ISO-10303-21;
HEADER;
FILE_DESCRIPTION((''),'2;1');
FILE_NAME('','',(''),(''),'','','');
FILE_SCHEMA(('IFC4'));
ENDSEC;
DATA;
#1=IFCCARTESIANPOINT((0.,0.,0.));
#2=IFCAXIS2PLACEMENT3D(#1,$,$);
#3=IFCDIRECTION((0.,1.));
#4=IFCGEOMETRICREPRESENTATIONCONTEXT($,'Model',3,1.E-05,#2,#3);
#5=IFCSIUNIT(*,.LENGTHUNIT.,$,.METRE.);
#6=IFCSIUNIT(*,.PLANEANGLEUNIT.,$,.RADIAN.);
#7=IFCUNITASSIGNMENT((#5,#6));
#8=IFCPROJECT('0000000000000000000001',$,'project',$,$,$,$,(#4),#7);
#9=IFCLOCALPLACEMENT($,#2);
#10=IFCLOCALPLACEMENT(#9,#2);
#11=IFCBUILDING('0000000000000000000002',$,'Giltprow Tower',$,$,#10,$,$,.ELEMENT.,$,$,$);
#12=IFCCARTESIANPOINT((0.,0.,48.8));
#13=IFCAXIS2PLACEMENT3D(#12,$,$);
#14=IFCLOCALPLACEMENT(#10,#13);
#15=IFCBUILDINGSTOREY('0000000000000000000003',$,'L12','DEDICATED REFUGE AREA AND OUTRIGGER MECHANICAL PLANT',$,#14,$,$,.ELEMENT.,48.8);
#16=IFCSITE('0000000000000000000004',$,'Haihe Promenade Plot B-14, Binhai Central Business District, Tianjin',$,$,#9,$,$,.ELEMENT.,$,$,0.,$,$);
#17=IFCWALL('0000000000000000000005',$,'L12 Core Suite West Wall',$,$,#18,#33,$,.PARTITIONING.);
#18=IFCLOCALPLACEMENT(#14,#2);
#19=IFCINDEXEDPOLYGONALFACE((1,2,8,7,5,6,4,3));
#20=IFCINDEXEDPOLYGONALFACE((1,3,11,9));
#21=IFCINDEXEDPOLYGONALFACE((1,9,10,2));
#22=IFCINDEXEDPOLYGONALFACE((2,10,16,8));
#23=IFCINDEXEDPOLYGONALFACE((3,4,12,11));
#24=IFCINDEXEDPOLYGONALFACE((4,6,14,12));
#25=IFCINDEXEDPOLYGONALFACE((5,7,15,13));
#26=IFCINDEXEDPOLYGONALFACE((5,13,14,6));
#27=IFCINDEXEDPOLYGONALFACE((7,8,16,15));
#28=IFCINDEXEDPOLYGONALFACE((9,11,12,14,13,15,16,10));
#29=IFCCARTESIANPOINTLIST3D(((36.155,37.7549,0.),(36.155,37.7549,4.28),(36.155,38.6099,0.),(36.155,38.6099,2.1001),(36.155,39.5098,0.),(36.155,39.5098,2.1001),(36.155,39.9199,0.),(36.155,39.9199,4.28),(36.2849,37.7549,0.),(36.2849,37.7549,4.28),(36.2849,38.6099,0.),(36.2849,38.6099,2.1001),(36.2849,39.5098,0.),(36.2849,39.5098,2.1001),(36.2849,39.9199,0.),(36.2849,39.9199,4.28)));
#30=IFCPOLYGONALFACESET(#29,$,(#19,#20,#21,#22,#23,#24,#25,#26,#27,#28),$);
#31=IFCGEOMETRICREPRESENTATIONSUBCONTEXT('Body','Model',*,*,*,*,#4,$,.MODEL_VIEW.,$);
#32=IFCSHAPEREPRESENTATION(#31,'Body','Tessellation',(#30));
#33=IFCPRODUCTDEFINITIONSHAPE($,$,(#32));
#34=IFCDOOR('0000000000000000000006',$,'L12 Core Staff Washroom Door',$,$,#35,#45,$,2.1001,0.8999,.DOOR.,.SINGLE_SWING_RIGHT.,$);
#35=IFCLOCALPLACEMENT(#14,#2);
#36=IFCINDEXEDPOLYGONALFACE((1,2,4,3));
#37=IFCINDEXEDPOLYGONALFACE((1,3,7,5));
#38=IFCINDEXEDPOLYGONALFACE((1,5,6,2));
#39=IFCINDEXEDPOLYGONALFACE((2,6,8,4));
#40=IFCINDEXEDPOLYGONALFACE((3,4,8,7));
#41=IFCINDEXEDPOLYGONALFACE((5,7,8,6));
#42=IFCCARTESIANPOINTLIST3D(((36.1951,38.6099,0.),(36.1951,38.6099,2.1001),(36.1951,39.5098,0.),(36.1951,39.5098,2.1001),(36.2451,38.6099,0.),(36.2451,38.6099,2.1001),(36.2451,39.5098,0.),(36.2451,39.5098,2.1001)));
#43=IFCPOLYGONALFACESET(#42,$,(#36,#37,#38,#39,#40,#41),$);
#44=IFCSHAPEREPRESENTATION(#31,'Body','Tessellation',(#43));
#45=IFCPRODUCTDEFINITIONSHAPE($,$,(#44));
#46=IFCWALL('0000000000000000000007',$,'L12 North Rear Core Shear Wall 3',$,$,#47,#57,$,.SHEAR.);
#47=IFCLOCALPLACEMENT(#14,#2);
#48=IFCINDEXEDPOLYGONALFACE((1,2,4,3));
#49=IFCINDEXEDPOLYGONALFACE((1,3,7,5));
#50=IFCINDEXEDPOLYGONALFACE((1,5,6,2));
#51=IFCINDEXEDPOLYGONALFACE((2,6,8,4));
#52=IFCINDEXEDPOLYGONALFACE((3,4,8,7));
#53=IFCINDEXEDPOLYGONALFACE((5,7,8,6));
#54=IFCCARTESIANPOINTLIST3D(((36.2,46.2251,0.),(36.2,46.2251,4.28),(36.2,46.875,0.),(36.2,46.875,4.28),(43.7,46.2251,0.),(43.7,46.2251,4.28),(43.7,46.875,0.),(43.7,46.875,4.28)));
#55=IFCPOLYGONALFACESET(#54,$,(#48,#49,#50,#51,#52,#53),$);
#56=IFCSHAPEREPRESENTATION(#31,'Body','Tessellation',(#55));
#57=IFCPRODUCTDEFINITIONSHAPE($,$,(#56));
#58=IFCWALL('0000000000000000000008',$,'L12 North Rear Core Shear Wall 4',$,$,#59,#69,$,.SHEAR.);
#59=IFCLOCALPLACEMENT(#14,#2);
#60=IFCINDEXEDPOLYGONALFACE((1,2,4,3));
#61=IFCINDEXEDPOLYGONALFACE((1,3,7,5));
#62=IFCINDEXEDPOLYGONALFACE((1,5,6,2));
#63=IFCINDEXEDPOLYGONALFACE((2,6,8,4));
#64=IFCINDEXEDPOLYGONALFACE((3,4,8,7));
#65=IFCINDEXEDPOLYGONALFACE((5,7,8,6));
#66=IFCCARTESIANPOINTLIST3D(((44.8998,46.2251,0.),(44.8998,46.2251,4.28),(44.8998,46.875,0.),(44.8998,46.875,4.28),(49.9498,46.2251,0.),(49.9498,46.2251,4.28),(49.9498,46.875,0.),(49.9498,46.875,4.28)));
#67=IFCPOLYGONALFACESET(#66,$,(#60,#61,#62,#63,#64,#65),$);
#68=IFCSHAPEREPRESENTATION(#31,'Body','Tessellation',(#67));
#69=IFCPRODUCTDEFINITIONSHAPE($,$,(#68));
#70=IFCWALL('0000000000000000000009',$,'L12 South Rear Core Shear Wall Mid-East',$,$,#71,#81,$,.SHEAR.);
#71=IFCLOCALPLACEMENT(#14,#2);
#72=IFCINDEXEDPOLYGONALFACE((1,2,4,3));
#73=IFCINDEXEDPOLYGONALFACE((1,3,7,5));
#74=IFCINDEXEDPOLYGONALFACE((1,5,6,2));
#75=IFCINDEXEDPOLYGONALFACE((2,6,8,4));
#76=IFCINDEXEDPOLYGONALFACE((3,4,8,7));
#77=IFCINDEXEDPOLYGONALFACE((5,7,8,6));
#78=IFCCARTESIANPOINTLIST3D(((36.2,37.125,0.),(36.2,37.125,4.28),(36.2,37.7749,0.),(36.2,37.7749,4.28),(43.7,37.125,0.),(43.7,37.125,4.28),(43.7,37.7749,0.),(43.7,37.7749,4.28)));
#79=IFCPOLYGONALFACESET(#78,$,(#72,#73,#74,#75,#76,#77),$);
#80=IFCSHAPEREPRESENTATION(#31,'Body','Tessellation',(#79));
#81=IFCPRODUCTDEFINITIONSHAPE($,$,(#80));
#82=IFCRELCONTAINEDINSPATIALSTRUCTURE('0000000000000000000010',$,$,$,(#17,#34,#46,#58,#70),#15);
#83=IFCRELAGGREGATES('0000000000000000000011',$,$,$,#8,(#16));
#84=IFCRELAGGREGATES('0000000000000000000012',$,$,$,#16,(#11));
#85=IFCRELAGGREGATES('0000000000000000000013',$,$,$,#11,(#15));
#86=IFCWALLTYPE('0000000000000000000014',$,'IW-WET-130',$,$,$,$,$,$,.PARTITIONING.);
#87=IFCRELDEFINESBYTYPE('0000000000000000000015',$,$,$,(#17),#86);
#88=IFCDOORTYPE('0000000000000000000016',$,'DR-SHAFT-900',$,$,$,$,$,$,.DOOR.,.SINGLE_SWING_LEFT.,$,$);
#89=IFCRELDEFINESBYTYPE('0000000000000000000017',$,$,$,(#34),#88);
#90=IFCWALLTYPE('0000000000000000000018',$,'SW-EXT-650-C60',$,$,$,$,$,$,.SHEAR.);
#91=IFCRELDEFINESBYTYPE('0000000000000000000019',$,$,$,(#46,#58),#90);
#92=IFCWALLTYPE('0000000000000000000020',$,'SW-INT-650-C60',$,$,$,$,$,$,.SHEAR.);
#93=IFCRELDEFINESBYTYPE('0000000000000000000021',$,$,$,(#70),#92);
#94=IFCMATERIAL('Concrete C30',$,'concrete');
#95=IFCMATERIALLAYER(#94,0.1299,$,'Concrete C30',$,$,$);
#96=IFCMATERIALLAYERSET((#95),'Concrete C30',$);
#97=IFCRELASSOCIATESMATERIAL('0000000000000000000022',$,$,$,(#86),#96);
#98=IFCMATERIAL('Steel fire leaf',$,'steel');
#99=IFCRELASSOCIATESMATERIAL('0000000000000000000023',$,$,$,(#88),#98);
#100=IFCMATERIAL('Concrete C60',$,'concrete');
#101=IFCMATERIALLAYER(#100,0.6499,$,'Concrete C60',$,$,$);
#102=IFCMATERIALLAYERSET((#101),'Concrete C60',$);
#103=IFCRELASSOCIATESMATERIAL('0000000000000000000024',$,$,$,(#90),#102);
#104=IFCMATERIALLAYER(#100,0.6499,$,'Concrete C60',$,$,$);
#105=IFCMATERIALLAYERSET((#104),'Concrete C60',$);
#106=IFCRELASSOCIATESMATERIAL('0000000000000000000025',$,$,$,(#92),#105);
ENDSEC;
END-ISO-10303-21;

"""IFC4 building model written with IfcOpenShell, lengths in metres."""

from ifc_helpers import new_model, si_unit, direction, frame, frame_2d, origin, place, context, subcontext, project, spatial, rectangle, extrude, source, transform, mapped, material, layer, layer_set, type_object, element, fill, save


model = new_model("IFC4")

# Units and contexts
model_context = context("Model", 3, precision=1e-05, world=origin(), true_north=direction((0.0, 1.0)))
body_context = subcontext(model_context, "Body", "Model", "MODEL_VIEW")
ifc_project = project(units=[si_unit("LENGTHUNIT", "METRE"), si_unit("PLANEANGLEUNIT", "RADIAN")], contexts=[model_context])

# Site, building, storey
site_placement = place(None, origin())
site = spatial("IfcSite", under=ifc_project, at=site_placement, Name="Haihe Promenade Plot B-14, Binhai Central Business District, Tianjin", CompositionType="ELEMENT", RefElevation=0.0)
building_placement = place(site_placement, origin())
building = spatial("IfcBuilding", under=site, at=building_placement, Name="Giltprow Tower", CompositionType="ELEMENT")
storey_placement = place(building_placement, frame((0.0, 0.0, 48.8)))
storey = spatial("IfcBuildingStorey", under=building, at=storey_placement, Name="L12", Description="DEDICATED REFUGE AREA AND OUTRIGGER MECHANICAL PLANT", CompositionType="ELEMENT", Elevation=48.8)

# Shared definitions
ifc_material_1 = material(Name="Concrete C60", Category="concrete")

# Shared definitions
ifc_material_2 = material(Name="Steel fire leaf", Category="steel")

# Wall, opening, door
ifc_material_3 = material(Name="Concrete C30", Category="concrete")
ifc_layer_1 = layer(ifc_material_3, 0.1299, Name="Concrete C30")
ifc_layer_set_1 = layer_set([ifc_layer_1], Name="Concrete C30")
wall_type_1 = type_object("IfcWallType", Name="IW-WET-130", PredefinedType="PARTITIONING", material=ifc_layer_set_1)
wall_1_placement = place(storey_placement, frame((36.22, 37.7549, 0.0), z_axis=(0.0, 0.0, 1.0), x_axis=(0.0, 1.0, 0.0)))
wall_1 = element("IfcWall", 1, at=wall_1_placement, inside=storey, type_object=wall_type_1, Name="L12 Core Suite West Wall", PredefinedType="PARTITIONING", context=body_context, shape_type="SweptSolid", body=[
    extrude(rectangle(XDim=2.165, YDim=0.1299, at=frame_2d((1.0825, 0.0))), origin(), (0.0, 0.0, 1.0), 4.28),
])
opening_1_placement = place(wall_1_placement, frame((0.855, 0.0, 0.0)))
opening_1 = element("IfcOpeningElement", 2, at=opening_1_placement, cuts=wall_1, PredefinedType="OPENING", context=body_context, shape_type="SweptSolid", body=[
    extrude(rectangle(XDim=0.8999, YDim=2.1001, at=frame_2d((0.45, 1.05))), frame((0.0, 0.075, 0.0), z_axis=(0.0, -1.0, 0.0), x_axis=(1.0, 0.0, 0.0)), (0.0, 0.0, 1.0), 0.1499),
])
door_type_1 = type_object("IfcDoorType", Name="DR-SHAFT-900", OperationType="SINGLE_SWING_LEFT", PredefinedType="DOOR", material=ifc_material_2)
shared_shape_1 = source(origin(), body_context, "Body", "SweptSolid", [
    extrude(rectangle(XDim=0.8999, YDim=2.1001, at=frame_2d((0.45, 1.05))), frame((0.0, 0.0249, 0.0), z_axis=(0.0, -1.0, 0.0), x_axis=(1.0, 0.0, 0.0)), (0.0, 0.0, 1.0), 0.05),
])
door_1_placement = place(opening_1_placement, origin())
door_1 = element("IfcDoor", 3, at=door_1_placement, inside=storey, type_object=door_type_1, Name="L12 Core Staff Washroom Door", OperationType="SINGLE_SWING_RIGHT", OverallHeight=2.1001, OverallWidth=0.8999, PredefinedType="DOOR", context=body_context, shape_type="MappedRepresentation", body=[
    mapped(shared_shape_1, transform((0.0, 0.0, 0.0), x_axis=(1.0, 0.0, 0.0), y_axis=(0.0, 1.0, 0.0), z_axis=(0.0, 0.0, 1.0), scale=1.0)),
])
fill(opening_1, door_1)

# Walls
ifc_layer_2 = layer(ifc_material_1, 0.6499, Name="Concrete C60")
ifc_layer_set_2 = layer_set([ifc_layer_2], Name="Concrete C60")
wall_type_2 = type_object("IfcWallType", Name="SW-EXT-650-C60", PredefinedType="SHEAR", material=ifc_layer_set_2)
wall_2_placement = place(storey_placement, frame((36.2, 46.55, 0.0), z_axis=(0.0, 0.0, 1.0), x_axis=(1.0, 0.0, 0.0)))
element("IfcWall", 4, at=wall_2_placement, inside=storey, type_object=wall_type_2, Name="L12 North Rear Core Shear Wall 3", PredefinedType="SHEAR", context=body_context, shape_type="SweptSolid", body=[
    extrude(rectangle(XDim=7.5, YDim=0.6499, at=frame_2d((3.75, 0.0))), origin(), (0.0, 0.0, 1.0), 4.28),
])
wall_3_placement = place(storey_placement, frame((44.8999, 46.55, 0.0), z_axis=(0.0, 0.0, 1.0), x_axis=(1.0, 0.0, 0.0)))
element("IfcWall", 5, at=wall_3_placement, inside=storey, type_object=wall_type_2, Name="L12 North Rear Core Shear Wall 4", PredefinedType="SHEAR", context=body_context, shape_type="SweptSolid", body=[
    extrude(rectangle(XDim=5.05, YDim=0.6499, at=frame_2d((2.5249, 0.0))), origin(), (0.0, 0.0, 1.0), 4.28),
])
ifc_layer_3 = layer(ifc_material_1, 0.6499, Name="Concrete C60")
ifc_layer_set_3 = layer_set([ifc_layer_3], Name="Concrete C60")
wall_type_3 = type_object("IfcWallType", Name="SW-INT-650-C60", PredefinedType="SHEAR", material=ifc_layer_set_3)
wall_4_placement = place(storey_placement, frame((36.2, 37.45, 0.0), z_axis=(0.0, 0.0, 1.0), x_axis=(1.0, 0.0, 0.0)))
element("IfcWall", 6, at=wall_4_placement, inside=storey, type_object=wall_type_3, Name="L12 South Rear Core Shear Wall Mid-East", PredefinedType="SHEAR", context=body_context, shape_type="SweptSolid", body=[
    extrude(rectangle(XDim=7.5, YDim=0.6499, at=frame_2d((3.75, 0.0))), origin(), (0.0, 0.0, 1.0), 4.28),
])

save(model, "model.ifc")
